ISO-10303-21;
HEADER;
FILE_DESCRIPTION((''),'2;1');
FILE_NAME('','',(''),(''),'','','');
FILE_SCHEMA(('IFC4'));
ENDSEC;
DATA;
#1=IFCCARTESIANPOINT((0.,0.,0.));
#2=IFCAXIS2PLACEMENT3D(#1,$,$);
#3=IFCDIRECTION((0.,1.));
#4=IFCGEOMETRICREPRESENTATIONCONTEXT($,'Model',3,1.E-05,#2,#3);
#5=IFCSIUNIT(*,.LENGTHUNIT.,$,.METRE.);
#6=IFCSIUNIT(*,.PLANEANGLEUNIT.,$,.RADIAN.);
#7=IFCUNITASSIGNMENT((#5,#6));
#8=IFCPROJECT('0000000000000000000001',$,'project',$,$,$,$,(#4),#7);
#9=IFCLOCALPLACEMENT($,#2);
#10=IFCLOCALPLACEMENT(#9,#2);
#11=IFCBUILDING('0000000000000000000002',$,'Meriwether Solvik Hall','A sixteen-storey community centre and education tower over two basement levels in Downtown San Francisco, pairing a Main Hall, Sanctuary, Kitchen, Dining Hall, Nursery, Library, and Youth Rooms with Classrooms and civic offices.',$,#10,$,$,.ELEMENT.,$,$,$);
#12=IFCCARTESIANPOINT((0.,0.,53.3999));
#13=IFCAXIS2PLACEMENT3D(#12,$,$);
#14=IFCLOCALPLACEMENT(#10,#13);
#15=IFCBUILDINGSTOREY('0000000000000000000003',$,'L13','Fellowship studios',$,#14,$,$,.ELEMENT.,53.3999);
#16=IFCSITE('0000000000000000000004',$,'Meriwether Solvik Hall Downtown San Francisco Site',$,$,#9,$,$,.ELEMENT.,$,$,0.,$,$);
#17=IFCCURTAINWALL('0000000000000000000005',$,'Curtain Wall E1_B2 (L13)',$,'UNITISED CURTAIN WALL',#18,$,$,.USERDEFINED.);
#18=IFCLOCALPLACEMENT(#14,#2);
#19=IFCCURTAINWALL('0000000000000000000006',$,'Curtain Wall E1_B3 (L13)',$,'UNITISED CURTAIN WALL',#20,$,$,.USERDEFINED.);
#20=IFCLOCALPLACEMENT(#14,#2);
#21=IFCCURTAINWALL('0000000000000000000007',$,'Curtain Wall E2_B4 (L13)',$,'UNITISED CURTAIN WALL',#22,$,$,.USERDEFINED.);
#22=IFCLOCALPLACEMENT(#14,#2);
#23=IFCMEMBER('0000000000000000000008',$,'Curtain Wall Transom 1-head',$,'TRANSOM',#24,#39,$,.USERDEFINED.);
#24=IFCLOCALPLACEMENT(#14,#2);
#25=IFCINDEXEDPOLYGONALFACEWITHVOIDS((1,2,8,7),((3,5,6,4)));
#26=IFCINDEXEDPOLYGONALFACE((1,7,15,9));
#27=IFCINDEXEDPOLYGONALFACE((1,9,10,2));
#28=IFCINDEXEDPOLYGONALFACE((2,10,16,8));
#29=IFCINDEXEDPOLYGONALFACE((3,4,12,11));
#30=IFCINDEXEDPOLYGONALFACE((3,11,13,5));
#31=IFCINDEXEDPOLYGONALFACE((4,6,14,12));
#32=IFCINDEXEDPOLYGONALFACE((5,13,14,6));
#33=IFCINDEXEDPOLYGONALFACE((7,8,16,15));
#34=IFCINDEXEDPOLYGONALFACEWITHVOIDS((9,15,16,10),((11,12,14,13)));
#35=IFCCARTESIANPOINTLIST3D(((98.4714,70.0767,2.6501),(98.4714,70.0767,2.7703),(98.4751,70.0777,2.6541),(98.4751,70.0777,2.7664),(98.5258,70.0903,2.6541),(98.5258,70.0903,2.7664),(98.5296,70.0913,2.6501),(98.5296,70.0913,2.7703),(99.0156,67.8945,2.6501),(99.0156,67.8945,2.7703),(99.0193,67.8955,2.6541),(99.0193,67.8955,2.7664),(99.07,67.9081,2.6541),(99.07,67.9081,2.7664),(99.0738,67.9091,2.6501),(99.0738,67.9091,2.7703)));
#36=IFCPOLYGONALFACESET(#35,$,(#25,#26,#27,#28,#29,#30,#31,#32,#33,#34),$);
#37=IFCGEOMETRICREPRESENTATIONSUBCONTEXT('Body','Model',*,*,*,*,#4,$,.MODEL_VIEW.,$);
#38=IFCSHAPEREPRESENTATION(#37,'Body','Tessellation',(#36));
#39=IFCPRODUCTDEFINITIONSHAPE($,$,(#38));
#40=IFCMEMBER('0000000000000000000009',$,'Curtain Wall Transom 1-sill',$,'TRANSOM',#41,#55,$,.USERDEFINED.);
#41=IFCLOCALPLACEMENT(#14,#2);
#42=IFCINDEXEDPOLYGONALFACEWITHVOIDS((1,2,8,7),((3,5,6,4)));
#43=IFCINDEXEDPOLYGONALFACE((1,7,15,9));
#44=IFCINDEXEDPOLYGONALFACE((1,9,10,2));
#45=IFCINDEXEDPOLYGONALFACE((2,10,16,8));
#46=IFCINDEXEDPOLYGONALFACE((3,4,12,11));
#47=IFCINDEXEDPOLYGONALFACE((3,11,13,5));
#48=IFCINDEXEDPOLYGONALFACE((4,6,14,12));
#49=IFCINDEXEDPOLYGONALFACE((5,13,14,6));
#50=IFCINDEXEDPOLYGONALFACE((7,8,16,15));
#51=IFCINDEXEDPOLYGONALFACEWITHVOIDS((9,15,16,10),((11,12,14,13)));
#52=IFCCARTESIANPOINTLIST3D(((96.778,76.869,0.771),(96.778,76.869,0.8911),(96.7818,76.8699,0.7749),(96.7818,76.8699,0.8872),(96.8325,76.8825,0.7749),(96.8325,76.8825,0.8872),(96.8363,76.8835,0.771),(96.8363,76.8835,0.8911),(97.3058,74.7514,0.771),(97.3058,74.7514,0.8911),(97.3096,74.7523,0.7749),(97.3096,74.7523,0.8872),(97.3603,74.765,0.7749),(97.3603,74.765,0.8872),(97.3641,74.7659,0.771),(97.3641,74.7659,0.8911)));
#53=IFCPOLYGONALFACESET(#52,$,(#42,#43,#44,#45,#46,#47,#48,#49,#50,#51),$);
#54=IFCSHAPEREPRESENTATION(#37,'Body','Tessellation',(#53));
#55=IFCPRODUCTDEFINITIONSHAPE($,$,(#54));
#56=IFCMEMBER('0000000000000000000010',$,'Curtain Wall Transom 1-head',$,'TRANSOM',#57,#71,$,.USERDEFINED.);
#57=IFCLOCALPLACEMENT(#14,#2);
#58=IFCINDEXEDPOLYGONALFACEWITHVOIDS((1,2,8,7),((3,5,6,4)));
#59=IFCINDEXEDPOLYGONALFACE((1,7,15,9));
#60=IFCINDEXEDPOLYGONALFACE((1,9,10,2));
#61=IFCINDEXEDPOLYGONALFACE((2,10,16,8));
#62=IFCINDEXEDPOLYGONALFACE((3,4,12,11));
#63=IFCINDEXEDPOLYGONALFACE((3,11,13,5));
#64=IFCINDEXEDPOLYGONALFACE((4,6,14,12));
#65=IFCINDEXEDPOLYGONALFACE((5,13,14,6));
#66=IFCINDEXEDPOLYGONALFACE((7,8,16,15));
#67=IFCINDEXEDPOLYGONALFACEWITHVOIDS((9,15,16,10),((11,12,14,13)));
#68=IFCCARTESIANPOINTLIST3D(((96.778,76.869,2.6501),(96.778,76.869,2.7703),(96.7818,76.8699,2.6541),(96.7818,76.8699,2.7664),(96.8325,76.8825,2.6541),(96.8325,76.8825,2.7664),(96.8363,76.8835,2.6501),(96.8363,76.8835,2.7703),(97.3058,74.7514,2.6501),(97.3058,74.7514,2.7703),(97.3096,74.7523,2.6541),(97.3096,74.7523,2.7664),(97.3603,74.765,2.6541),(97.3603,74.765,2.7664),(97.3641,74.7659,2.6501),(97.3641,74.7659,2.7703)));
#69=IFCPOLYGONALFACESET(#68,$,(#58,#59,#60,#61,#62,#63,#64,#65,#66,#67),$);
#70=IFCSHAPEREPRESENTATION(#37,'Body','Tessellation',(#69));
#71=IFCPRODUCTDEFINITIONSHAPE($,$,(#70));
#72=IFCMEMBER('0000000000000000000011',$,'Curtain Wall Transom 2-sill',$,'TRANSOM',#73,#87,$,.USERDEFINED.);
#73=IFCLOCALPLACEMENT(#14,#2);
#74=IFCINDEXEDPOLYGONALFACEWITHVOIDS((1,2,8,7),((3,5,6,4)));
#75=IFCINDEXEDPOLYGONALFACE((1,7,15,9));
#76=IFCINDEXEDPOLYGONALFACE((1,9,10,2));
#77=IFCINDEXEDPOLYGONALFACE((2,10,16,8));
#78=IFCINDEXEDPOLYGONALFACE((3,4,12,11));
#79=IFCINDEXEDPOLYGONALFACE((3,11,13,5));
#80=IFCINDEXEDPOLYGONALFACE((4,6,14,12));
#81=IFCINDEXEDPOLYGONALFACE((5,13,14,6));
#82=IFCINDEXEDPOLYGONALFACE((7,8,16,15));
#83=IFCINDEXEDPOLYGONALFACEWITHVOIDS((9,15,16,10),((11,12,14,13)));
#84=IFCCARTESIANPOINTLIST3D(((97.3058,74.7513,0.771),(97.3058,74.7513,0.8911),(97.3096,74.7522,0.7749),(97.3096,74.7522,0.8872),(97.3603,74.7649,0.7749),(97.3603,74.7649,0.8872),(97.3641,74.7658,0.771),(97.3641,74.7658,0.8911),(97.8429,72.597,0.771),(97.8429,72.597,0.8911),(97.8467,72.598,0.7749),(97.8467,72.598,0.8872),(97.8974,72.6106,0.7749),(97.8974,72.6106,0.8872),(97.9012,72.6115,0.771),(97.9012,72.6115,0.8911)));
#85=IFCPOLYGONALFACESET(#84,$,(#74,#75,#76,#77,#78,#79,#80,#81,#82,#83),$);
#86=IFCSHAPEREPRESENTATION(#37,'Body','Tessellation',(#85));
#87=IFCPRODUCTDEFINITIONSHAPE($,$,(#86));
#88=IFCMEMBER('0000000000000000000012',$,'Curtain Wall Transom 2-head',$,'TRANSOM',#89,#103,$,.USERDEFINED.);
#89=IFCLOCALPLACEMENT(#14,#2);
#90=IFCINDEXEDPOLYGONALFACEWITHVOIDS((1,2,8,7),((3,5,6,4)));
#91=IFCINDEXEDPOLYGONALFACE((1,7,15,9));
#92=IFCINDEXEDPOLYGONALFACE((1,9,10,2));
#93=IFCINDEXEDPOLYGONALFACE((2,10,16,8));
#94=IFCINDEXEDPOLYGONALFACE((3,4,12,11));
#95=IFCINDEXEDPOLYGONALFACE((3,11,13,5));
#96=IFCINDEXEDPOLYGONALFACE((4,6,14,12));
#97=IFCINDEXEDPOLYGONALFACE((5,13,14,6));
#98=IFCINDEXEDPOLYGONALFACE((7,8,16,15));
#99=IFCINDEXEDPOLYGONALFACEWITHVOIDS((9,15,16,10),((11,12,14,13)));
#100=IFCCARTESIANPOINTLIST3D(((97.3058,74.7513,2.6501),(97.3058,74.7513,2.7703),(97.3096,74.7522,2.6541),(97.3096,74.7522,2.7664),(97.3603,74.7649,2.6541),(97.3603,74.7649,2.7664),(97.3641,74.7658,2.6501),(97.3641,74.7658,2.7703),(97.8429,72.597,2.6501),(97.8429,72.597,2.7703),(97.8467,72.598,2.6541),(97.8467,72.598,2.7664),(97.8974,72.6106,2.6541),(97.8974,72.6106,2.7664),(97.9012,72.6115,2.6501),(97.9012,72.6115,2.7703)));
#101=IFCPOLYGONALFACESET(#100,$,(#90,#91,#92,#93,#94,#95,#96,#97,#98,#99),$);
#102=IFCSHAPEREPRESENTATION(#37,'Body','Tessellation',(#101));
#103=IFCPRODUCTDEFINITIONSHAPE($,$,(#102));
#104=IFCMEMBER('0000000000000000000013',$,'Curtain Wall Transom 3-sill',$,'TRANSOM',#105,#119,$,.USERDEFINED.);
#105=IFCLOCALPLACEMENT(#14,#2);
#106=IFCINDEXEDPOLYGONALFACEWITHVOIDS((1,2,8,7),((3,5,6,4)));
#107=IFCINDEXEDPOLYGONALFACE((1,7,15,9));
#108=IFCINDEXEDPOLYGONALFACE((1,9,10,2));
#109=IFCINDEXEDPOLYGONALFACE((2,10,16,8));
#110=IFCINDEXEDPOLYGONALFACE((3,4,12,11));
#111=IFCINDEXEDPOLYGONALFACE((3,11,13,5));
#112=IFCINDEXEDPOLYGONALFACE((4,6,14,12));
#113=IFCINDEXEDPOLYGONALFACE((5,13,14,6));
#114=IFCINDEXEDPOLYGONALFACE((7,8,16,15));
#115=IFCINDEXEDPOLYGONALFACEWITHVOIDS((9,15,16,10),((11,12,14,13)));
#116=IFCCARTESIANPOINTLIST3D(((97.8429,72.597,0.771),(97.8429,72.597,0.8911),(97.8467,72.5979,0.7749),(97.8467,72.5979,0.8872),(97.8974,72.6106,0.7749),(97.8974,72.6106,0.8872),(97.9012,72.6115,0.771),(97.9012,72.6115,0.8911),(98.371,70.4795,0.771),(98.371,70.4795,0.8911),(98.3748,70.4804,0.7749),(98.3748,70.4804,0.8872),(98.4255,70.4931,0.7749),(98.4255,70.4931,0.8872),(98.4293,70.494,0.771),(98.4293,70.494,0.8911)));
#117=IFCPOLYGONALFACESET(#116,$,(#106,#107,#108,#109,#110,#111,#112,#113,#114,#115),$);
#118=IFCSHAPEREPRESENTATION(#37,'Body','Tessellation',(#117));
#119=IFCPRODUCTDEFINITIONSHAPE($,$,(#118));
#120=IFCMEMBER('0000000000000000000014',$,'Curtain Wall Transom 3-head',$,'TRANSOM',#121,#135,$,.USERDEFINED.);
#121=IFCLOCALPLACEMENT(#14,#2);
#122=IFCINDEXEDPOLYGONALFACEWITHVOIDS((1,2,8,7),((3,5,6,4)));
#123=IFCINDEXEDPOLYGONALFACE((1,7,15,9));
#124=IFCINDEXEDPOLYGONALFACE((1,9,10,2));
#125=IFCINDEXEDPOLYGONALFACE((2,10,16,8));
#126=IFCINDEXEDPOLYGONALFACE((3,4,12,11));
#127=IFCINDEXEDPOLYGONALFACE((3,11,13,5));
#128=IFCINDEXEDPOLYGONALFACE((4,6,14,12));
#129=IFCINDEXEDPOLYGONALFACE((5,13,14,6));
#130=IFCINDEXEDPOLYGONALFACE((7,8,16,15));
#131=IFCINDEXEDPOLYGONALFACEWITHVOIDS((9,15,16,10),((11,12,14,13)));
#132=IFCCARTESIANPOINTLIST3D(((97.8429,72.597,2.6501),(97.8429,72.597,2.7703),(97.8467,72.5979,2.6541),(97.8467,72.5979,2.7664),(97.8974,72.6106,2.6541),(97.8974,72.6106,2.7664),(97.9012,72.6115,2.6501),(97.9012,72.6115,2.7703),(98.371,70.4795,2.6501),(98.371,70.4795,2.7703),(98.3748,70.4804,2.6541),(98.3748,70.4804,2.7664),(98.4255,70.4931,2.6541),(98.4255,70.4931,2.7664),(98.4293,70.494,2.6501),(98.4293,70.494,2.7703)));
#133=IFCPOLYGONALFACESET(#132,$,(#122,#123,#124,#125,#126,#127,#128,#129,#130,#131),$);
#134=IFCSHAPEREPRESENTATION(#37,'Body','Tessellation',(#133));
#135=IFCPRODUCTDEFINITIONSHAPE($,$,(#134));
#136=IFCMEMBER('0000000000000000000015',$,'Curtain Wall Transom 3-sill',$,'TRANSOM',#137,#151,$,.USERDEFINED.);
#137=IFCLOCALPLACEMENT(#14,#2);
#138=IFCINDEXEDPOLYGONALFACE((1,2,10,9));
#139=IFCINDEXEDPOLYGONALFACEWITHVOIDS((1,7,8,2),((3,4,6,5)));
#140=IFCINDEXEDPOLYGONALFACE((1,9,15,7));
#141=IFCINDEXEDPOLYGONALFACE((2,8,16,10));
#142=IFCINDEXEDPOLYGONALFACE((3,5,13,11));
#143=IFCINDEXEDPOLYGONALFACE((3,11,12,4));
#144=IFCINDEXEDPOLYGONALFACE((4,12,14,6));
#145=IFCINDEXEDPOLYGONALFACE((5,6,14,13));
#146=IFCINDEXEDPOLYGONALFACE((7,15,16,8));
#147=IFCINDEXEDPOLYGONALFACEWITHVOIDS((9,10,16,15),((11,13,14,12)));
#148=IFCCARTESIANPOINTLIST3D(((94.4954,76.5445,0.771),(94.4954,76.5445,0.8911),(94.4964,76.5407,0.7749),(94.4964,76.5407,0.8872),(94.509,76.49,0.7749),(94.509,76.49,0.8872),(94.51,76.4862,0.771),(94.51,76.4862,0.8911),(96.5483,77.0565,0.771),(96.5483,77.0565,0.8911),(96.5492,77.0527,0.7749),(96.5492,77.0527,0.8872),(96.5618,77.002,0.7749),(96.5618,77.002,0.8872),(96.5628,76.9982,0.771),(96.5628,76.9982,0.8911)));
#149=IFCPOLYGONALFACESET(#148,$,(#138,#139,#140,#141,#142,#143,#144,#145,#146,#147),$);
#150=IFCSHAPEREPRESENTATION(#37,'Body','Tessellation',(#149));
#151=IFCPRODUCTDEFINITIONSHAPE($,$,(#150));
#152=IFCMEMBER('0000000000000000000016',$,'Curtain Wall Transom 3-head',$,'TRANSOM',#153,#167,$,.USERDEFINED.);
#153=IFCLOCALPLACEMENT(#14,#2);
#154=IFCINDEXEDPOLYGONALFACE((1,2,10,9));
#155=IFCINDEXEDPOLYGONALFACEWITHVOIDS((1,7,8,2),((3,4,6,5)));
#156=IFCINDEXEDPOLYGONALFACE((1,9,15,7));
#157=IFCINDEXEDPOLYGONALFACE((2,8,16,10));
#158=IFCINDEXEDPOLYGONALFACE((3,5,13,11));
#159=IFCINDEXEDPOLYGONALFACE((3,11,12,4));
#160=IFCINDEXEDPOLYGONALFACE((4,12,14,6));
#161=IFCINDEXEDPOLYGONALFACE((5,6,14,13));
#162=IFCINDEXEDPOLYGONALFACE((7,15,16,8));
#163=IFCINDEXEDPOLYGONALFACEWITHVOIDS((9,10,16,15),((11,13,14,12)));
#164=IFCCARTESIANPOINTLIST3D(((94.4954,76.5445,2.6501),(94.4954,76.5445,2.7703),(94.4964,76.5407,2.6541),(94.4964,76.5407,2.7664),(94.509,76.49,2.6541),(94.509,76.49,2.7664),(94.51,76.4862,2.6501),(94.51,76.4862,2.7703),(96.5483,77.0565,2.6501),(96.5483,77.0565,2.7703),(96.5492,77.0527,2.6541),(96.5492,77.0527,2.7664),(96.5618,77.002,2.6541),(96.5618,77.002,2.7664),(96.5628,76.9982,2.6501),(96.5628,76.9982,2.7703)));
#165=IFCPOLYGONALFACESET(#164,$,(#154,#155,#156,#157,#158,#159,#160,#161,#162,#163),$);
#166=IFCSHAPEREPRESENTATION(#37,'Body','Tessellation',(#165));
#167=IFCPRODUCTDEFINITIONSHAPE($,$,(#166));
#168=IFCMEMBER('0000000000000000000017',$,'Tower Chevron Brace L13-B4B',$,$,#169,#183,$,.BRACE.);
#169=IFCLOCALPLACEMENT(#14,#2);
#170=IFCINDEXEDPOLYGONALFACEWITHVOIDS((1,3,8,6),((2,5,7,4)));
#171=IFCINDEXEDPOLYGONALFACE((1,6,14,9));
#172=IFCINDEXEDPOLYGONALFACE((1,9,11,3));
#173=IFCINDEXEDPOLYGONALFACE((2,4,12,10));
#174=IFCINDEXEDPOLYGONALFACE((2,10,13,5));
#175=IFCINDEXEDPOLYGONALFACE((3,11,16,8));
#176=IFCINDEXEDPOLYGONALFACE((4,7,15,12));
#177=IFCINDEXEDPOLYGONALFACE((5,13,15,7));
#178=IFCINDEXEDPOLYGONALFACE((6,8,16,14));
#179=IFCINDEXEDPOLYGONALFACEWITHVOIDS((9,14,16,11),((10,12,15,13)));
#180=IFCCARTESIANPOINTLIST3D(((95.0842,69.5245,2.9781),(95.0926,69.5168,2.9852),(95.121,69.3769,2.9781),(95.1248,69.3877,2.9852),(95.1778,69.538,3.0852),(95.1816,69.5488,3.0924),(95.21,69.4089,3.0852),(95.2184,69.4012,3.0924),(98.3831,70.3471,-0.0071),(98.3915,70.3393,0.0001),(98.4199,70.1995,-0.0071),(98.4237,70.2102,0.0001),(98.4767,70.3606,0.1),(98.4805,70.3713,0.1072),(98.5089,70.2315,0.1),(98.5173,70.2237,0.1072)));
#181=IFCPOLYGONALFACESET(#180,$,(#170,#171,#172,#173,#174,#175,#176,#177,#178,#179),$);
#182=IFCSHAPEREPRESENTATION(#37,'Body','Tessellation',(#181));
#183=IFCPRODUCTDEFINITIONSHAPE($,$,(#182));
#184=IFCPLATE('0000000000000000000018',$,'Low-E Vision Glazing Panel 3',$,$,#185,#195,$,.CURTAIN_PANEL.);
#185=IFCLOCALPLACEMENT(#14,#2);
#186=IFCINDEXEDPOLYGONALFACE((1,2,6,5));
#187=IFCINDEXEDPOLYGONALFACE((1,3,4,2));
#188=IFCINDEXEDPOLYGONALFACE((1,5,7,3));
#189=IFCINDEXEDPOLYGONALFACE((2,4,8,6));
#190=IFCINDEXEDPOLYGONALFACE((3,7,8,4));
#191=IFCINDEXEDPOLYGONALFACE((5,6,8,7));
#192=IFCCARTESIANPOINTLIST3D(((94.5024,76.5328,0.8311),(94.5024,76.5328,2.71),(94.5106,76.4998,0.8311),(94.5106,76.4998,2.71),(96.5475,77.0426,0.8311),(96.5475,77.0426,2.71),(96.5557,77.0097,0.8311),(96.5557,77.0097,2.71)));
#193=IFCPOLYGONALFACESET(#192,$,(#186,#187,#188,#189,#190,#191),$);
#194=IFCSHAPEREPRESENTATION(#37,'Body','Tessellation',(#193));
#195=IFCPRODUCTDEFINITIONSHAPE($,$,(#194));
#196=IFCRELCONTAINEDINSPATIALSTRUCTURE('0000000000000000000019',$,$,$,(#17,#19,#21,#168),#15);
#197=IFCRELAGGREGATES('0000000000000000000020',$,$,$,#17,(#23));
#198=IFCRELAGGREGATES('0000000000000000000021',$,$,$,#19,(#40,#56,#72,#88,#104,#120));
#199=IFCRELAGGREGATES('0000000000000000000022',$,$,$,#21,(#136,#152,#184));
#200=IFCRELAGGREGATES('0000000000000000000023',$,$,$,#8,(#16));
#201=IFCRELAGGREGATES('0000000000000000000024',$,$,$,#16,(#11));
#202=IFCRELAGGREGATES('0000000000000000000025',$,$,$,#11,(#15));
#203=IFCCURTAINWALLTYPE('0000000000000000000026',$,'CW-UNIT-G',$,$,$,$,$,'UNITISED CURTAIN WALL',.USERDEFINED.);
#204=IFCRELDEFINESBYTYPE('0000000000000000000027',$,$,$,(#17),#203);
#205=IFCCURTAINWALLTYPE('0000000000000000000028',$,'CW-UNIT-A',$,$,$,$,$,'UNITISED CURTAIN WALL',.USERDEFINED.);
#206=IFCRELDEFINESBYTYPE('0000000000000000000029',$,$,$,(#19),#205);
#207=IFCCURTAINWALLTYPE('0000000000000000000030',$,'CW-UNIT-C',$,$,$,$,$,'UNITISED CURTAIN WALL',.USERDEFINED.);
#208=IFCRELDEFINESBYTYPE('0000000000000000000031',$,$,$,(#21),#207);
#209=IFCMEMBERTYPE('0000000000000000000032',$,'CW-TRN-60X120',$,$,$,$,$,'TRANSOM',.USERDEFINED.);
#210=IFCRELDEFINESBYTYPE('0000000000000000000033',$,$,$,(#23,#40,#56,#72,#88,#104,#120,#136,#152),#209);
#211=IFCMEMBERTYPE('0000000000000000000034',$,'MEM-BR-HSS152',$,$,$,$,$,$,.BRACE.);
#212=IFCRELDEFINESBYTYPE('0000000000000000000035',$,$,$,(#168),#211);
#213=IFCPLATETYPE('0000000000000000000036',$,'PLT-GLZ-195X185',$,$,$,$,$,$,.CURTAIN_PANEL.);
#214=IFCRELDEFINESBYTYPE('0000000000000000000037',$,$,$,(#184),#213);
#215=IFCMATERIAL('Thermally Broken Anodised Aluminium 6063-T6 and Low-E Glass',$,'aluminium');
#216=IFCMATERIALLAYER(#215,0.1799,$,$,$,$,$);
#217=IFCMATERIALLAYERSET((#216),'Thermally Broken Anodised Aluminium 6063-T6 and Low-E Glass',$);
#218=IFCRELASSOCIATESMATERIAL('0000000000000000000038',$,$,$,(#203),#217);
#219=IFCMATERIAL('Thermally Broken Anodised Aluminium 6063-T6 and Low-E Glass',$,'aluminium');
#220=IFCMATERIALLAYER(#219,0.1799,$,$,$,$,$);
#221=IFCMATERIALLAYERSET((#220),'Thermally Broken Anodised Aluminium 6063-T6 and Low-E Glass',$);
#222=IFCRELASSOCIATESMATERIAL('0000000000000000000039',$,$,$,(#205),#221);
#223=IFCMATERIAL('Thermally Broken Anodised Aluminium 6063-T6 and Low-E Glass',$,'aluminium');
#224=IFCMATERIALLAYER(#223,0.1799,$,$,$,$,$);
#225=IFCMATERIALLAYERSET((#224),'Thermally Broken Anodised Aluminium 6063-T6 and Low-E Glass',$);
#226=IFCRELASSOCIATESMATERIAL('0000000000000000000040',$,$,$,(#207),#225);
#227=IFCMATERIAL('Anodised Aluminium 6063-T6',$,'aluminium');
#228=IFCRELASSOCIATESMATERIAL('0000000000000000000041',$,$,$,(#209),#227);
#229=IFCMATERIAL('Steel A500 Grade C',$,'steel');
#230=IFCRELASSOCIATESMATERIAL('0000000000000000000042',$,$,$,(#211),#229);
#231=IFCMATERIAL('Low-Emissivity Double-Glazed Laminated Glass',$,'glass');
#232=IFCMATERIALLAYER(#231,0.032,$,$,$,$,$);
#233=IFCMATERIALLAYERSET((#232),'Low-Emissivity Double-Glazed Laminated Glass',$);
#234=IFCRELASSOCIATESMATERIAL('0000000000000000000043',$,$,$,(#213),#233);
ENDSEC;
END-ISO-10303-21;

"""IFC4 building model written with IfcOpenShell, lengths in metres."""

from ifc_helpers import new_model, si_unit, direction, frame, origin, origin_2d, place, context, subcontext, project, spatial, rectangle, hollow_rectangle, extrude, material, layer, layer_set, material_profile, profile_set, type_object, element, aggregate, save


model = new_model("IFC4")

# Units and contexts
model_context = context("Model", 3, precision=1e-05, world=origin(), true_north=direction((0.0, 1.0)))
body_context = subcontext(model_context, "Body", "Model", "MODEL_VIEW")
ifc_project = project(units=[si_unit("LENGTHUNIT", "METRE"), si_unit("PLANEANGLEUNIT", "RADIAN")], contexts=[model_context])

# Site, building, storey
site_placement = place(None, origin())
site = spatial("IfcSite", under=ifc_project, at=site_placement, Name="Meriwether Solvik Hall Downtown San Francisco Site", CompositionType="ELEMENT", RefElevation=0.0)
building_placement = place(site_placement, origin())
building = spatial("IfcBuilding", under=site, at=building_placement, Name="Meriwether Solvik Hall", Description="A sixteen-storey community centre and education tower over two basement levels in Downtown San Francisco, pairing a Main Hall, Sanctuary, Kitchen, Dining Hall, Nursery, Library, and Youth Rooms with Classrooms and civic offices.", CompositionType="ELEMENT")
storey_placement = place(building_placement, frame((0.0, 0.0, 53.3999)))
storey = spatial("IfcBuildingStorey", under=building, at=storey_placement, Name="L13", Description="Fellowship studios", CompositionType="ELEMENT", Elevation=53.3999)

# Curtain wall
ifc_material_1 = material(Name="Thermally Broken Anodised Aluminium 6063-T6 and Low-E Glass", Category="aluminium")
ifc_layer_1 = layer(ifc_material_1, 0.1799)
ifc_layer_set_1 = layer_set([ifc_layer_1], Name="Thermally Broken Anodised Aluminium 6063-T6 and Low-E Glass")
curtain_wall_type_1 = type_object("IfcCurtainWallType", Name="CW-UNIT-G", ElementType="UNITISED CURTAIN WALL", PredefinedType="USERDEFINED", material=ifc_layer_set_1)
curtain_wall_1_placement = place(storey_placement, origin())
curtain_wall_1 = element("IfcCurtainWall", 1, at=curtain_wall_1_placement, inside=storey, type_object=curtain_wall_type_1, Name="Curtain Wall E1_B2 (L13)", ObjectType="UNITISED CURTAIN WALL", PredefinedType="USERDEFINED")

# Curtain walls
ifc_material_2 = material(Name="Thermally Broken Anodised Aluminium 6063-T6 and Low-E Glass", Category="aluminium")
ifc_layer_2 = layer(ifc_material_2, 0.1799)
ifc_layer_set_2 = layer_set([ifc_layer_2], Name="Thermally Broken Anodised Aluminium 6063-T6 and Low-E Glass")
curtain_wall_type_2 = type_object("IfcCurtainWallType", Name="CW-UNIT-A", ElementType="UNITISED CURTAIN WALL", PredefinedType="USERDEFINED", material=ifc_layer_set_2)
curtain_wall_2_placement = place(storey_placement, origin())
curtain_wall_2 = element("IfcCurtainWall", 2, at=curtain_wall_2_placement, inside=storey, type_object=curtain_wall_type_2, Name="Curtain Wall E1_B3 (L13)", ObjectType="UNITISED CURTAIN WALL", PredefinedType="USERDEFINED")
ifc_material_3 = material(Name="Thermally Broken Anodised Aluminium 6063-T6 and Low-E Glass", Category="aluminium")
ifc_layer_3 = layer(ifc_material_3, 0.1799)
ifc_layer_set_3 = layer_set([ifc_layer_3], Name="Thermally Broken Anodised Aluminium 6063-T6 and Low-E Glass")
curtain_wall_type_3 = type_object("IfcCurtainWallType", Name="CW-UNIT-C", ElementType="UNITISED CURTAIN WALL", PredefinedType="USERDEFINED", material=ifc_layer_set_3)
curtain_wall_3_placement = place(storey_placement, origin())
curtain_wall_3 = element("IfcCurtainWall", 3, at=curtain_wall_3_placement, inside=storey, type_object=curtain_wall_type_3, Name="Curtain Wall E2_B4 (L13)", ObjectType="UNITISED CURTAIN WALL", PredefinedType="USERDEFINED")

# Members
ifc_material_4 = material(Name="Anodised Aluminium 6063-T6", Category="aluminium")
ifc_material_profile_1 = material_profile(ifc_material_4, hollow_rectangle(XDim=0.0601, YDim=0.1201, WallThickness=0.0039, at=origin_2d()), Name="CWT-60X120")
ifc_profile_set_1 = profile_set([ifc_material_profile_1], Name="Anodised Aluminium 6063-T6")
member_type_1 = type_object("IfcMemberType", Name="CW-TRN-60X120", ElementType="TRANSOM", PredefinedType="USERDEFINED", material=ifc_profile_set_1)
member_1_placement = place(storey_placement, frame((98.5005, 70.084, 2.7102), z_axis=(0.241974, -0.970283, 0.0), x_axis=(0.970283, 0.241974, 0.0)))
member_1 = element("IfcMember", 4, at=member_1_placement, type_object=member_type_1, Name="Curtain Wall Transom 1-head", ObjectType="TRANSOM", PredefinedType="USERDEFINED", context=body_context, shape_type="SweptSolid", body=[
    extrude(hollow_rectangle(XDim=0.0601, YDim=0.1201, WallThickness=0.0039, at=origin_2d()), origin(), (0.0, 0.0, 1.0), 2.249),
])
aggregate(curtain_wall_1, [member_1])
member_2_placement = place(storey_placement, frame((96.8071, 76.8762, 0.8311), z_axis=(0.241851, -0.970313, 0.0), x_axis=(0.970313, 0.241851, 0.0)))
member_2 = element("IfcMember", 5, at=member_2_placement, type_object=member_type_1, Name="Curtain Wall Transom 1-sill", ObjectType="TRANSOM", PredefinedType="USERDEFINED", context=body_context, shape_type="SweptSolid", body=[
    extrude(hollow_rectangle(XDim=0.0601, YDim=0.1201, WallThickness=0.0039, at=origin_2d()), origin(), (0.0, 0.0, 1.0), 2.1824),
])
member_3_placement = place(storey_placement, frame((96.8071, 76.8762, 2.7102), z_axis=(0.241851, -0.970313, 0.0), x_axis=(0.970313, 0.241851, 0.0)))
member_3 = element("IfcMember", 6, at=member_3_placement, type_object=member_type_1, Name="Curtain Wall Transom 1-head", ObjectType="TRANSOM", PredefinedType="USERDEFINED", context=body_context, shape_type="SweptSolid", body=[
    extrude(hollow_rectangle(XDim=0.0601, YDim=0.1201, WallThickness=0.0039, at=origin_2d()), origin(), (0.0, 0.0, 1.0), 2.1824),
])
member_4_placement = place(storey_placement, frame((97.335, 74.7585, 0.8311), z_axis=(0.241915, -0.970298, 0.0), x_axis=(0.970298, 0.241915, 0.0)))
member_4 = element("IfcMember", 7, at=member_4_placement, type_object=member_type_1, Name="Curtain Wall Transom 2-sill", ObjectType="TRANSOM", PredefinedType="USERDEFINED", context=body_context, shape_type="SweptSolid", body=[
    extrude(hollow_rectangle(XDim=0.0601, YDim=0.1201, WallThickness=0.0039, at=origin_2d()), origin(), (0.0, 0.0, 1.0), 2.2202),
])
member_5_placement = place(storey_placement, frame((97.335, 74.7585, 2.7102), z_axis=(0.241915, -0.970298, 0.0), x_axis=(0.970298, 0.241915, 0.0)))
member_5 = element("IfcMember", 8, at=member_5_placement, type_object=member_type_1, Name="Curtain Wall Transom 2-head", ObjectType="TRANSOM", PredefinedType="USERDEFINED", context=body_context, shape_type="SweptSolid", body=[
    extrude(hollow_rectangle(XDim=0.0601, YDim=0.1201, WallThickness=0.0039, at=origin_2d()), origin(), (0.0, 0.0, 1.0), 2.2202),
])
member_6_placement = place(storey_placement, frame((97.8721, 72.6042, 0.8311), z_axis=(0.241983, -0.970281, 0.0), x_axis=(0.970281, 0.241983, 0.0)))
member_6 = element("IfcMember", 9, at=member_6_placement, type_object=member_type_1, Name="Curtain Wall Transom 3-sill", ObjectType="TRANSOM", PredefinedType="USERDEFINED", context=body_context, shape_type="SweptSolid", body=[
    extrude(hollow_rectangle(XDim=0.0601, YDim=0.1201, WallThickness=0.0039, at=origin_2d()), origin(), (0.0, 0.0, 1.0), 2.1824),
])
member_7_placement = place(storey_placement, frame((97.8721, 72.6042, 2.7102), z_axis=(0.241983, -0.970281, 0.0), x_axis=(0.970281, 0.241983, 0.0)))
member_7 = element("IfcMember", 10, at=member_7_placement, type_object=member_type_1, Name="Curtain Wall Transom 3-head", ObjectType="TRANSOM", PredefinedType="USERDEFINED", context=body_context, shape_type="SweptSolid", body=[
    extrude(hollow_rectangle(XDim=0.0601, YDim=0.1201, WallThickness=0.0039, at=origin_2d()), origin(), (0.0, 0.0, 1.0), 2.1824),
])
member_8_placement = place(storey_placement, frame((94.5027, 76.5154, 0.8311), z_axis=(0.970278, 0.241993, 0.0), x_axis=(-0.241993, 0.970278, 0.0)))
member_8 = element("IfcMember", 11, at=member_8_placement, type_object=member_type_1, Name="Curtain Wall Transom 3-sill", ObjectType="TRANSOM", PredefinedType="USERDEFINED", context=body_context, shape_type="SweptSolid", body=[
    extrude(hollow_rectangle(XDim=0.0601, YDim=0.1201, WallThickness=0.0039, at=origin_2d()), origin(), (0.0, 0.0, 1.0), 2.1157),
])
member_9_placement = place(storey_placement, frame((94.5027, 76.5154, 2.7102), z_axis=(0.970278, 0.241993, 0.0), x_axis=(-0.241993, 0.970278, 0.0)))
member_9 = element("IfcMember", 12, at=member_9_placement, type_object=member_type_1, Name="Curtain Wall Transom 3-head", ObjectType="TRANSOM", PredefinedType="USERDEFINED", context=body_context, shape_type="SweptSolid", body=[
    extrude(hollow_rectangle(XDim=0.0601, YDim=0.1201, WallThickness=0.0039, at=origin_2d()), origin(), (0.0, 0.0, 1.0), 2.1157),
])
ifc_material_5 = material(Name="Steel A500 Grade C", Category="steel")
ifc_material_profile_2 = material_profile(ifc_material_5, hollow_rectangle(XDim=0.1521, YDim=0.1521, WallThickness=0.0095, at=origin_2d()), Name="HSS152X152X9.5")
ifc_profile_set_2 = profile_set([ifc_material_profile_2], Name="Steel A500 Grade C")
member_type_2 = type_object("IfcMemberType", Name="MEM-BR-HSS152", PredefinedType="BRACE", material=ifc_profile_set_2)
member_10_placement = place(storey_placement, frame((98.4502, 70.2854, 0.05), z_axis=(-0.729129, -0.181797, 0.659788), x_axis=(0.241927, -0.970294, 0.0)))
element("IfcMember", 13, at=member_10_placement, inside=storey, type_object=member_type_2, Name="Tower Chevron Brace L13-B4B", PredefinedType="BRACE", context=body_context, shape_type="SweptSolid", body=[
    extrude(hollow_rectangle(XDim=0.1521, YDim=0.1521, WallThickness=0.0095, at=origin_2d()), origin(), (0.0, 0.0, 1.0), 4.5244),
])

# Plate
ifc_material_6 = material(Name="Low-Emissivity Double-Glazed Laminated Glass", Category="glass")
ifc_layer_4 = layer(ifc_material_6, 0.032)
ifc_layer_set_4 = layer_set([ifc_layer_4], Name="Low-Emissivity Double-Glazed Laminated Glass")
plate_type_1 = type_object("IfcPlateType", Name="PLT-GLZ-195X185", PredefinedType="CURTAIN_PANEL", material=ifc_layer_set_4)
plate_1_placement = place(storey_placement, frame((95.5291, 76.7712, 0.8311), z_axis=(0.0, 0.0, 1.0), x_axis=(0.970296, 0.241922, 0.0)))
plate_1 = element("IfcPlate", 14, at=plate_1_placement, type_object=plate_type_1, Name="Low-E Vision Glazing Panel 3", PredefinedType="CURTAIN_PANEL", context=body_context, shape_type="SweptSolid", body=[
    extrude(rectangle(XDim=2.1077, YDim=0.0339, at=origin_2d()), origin(), (0.0, 0.0, 1.0), 1.8789),
])
aggregate(curtain_wall_2, [member_2, member_3, member_4, member_5, member_6, member_7])
aggregate(curtain_wall_3, [member_8, member_9, plate_1])

save(model, "model.ifc")
